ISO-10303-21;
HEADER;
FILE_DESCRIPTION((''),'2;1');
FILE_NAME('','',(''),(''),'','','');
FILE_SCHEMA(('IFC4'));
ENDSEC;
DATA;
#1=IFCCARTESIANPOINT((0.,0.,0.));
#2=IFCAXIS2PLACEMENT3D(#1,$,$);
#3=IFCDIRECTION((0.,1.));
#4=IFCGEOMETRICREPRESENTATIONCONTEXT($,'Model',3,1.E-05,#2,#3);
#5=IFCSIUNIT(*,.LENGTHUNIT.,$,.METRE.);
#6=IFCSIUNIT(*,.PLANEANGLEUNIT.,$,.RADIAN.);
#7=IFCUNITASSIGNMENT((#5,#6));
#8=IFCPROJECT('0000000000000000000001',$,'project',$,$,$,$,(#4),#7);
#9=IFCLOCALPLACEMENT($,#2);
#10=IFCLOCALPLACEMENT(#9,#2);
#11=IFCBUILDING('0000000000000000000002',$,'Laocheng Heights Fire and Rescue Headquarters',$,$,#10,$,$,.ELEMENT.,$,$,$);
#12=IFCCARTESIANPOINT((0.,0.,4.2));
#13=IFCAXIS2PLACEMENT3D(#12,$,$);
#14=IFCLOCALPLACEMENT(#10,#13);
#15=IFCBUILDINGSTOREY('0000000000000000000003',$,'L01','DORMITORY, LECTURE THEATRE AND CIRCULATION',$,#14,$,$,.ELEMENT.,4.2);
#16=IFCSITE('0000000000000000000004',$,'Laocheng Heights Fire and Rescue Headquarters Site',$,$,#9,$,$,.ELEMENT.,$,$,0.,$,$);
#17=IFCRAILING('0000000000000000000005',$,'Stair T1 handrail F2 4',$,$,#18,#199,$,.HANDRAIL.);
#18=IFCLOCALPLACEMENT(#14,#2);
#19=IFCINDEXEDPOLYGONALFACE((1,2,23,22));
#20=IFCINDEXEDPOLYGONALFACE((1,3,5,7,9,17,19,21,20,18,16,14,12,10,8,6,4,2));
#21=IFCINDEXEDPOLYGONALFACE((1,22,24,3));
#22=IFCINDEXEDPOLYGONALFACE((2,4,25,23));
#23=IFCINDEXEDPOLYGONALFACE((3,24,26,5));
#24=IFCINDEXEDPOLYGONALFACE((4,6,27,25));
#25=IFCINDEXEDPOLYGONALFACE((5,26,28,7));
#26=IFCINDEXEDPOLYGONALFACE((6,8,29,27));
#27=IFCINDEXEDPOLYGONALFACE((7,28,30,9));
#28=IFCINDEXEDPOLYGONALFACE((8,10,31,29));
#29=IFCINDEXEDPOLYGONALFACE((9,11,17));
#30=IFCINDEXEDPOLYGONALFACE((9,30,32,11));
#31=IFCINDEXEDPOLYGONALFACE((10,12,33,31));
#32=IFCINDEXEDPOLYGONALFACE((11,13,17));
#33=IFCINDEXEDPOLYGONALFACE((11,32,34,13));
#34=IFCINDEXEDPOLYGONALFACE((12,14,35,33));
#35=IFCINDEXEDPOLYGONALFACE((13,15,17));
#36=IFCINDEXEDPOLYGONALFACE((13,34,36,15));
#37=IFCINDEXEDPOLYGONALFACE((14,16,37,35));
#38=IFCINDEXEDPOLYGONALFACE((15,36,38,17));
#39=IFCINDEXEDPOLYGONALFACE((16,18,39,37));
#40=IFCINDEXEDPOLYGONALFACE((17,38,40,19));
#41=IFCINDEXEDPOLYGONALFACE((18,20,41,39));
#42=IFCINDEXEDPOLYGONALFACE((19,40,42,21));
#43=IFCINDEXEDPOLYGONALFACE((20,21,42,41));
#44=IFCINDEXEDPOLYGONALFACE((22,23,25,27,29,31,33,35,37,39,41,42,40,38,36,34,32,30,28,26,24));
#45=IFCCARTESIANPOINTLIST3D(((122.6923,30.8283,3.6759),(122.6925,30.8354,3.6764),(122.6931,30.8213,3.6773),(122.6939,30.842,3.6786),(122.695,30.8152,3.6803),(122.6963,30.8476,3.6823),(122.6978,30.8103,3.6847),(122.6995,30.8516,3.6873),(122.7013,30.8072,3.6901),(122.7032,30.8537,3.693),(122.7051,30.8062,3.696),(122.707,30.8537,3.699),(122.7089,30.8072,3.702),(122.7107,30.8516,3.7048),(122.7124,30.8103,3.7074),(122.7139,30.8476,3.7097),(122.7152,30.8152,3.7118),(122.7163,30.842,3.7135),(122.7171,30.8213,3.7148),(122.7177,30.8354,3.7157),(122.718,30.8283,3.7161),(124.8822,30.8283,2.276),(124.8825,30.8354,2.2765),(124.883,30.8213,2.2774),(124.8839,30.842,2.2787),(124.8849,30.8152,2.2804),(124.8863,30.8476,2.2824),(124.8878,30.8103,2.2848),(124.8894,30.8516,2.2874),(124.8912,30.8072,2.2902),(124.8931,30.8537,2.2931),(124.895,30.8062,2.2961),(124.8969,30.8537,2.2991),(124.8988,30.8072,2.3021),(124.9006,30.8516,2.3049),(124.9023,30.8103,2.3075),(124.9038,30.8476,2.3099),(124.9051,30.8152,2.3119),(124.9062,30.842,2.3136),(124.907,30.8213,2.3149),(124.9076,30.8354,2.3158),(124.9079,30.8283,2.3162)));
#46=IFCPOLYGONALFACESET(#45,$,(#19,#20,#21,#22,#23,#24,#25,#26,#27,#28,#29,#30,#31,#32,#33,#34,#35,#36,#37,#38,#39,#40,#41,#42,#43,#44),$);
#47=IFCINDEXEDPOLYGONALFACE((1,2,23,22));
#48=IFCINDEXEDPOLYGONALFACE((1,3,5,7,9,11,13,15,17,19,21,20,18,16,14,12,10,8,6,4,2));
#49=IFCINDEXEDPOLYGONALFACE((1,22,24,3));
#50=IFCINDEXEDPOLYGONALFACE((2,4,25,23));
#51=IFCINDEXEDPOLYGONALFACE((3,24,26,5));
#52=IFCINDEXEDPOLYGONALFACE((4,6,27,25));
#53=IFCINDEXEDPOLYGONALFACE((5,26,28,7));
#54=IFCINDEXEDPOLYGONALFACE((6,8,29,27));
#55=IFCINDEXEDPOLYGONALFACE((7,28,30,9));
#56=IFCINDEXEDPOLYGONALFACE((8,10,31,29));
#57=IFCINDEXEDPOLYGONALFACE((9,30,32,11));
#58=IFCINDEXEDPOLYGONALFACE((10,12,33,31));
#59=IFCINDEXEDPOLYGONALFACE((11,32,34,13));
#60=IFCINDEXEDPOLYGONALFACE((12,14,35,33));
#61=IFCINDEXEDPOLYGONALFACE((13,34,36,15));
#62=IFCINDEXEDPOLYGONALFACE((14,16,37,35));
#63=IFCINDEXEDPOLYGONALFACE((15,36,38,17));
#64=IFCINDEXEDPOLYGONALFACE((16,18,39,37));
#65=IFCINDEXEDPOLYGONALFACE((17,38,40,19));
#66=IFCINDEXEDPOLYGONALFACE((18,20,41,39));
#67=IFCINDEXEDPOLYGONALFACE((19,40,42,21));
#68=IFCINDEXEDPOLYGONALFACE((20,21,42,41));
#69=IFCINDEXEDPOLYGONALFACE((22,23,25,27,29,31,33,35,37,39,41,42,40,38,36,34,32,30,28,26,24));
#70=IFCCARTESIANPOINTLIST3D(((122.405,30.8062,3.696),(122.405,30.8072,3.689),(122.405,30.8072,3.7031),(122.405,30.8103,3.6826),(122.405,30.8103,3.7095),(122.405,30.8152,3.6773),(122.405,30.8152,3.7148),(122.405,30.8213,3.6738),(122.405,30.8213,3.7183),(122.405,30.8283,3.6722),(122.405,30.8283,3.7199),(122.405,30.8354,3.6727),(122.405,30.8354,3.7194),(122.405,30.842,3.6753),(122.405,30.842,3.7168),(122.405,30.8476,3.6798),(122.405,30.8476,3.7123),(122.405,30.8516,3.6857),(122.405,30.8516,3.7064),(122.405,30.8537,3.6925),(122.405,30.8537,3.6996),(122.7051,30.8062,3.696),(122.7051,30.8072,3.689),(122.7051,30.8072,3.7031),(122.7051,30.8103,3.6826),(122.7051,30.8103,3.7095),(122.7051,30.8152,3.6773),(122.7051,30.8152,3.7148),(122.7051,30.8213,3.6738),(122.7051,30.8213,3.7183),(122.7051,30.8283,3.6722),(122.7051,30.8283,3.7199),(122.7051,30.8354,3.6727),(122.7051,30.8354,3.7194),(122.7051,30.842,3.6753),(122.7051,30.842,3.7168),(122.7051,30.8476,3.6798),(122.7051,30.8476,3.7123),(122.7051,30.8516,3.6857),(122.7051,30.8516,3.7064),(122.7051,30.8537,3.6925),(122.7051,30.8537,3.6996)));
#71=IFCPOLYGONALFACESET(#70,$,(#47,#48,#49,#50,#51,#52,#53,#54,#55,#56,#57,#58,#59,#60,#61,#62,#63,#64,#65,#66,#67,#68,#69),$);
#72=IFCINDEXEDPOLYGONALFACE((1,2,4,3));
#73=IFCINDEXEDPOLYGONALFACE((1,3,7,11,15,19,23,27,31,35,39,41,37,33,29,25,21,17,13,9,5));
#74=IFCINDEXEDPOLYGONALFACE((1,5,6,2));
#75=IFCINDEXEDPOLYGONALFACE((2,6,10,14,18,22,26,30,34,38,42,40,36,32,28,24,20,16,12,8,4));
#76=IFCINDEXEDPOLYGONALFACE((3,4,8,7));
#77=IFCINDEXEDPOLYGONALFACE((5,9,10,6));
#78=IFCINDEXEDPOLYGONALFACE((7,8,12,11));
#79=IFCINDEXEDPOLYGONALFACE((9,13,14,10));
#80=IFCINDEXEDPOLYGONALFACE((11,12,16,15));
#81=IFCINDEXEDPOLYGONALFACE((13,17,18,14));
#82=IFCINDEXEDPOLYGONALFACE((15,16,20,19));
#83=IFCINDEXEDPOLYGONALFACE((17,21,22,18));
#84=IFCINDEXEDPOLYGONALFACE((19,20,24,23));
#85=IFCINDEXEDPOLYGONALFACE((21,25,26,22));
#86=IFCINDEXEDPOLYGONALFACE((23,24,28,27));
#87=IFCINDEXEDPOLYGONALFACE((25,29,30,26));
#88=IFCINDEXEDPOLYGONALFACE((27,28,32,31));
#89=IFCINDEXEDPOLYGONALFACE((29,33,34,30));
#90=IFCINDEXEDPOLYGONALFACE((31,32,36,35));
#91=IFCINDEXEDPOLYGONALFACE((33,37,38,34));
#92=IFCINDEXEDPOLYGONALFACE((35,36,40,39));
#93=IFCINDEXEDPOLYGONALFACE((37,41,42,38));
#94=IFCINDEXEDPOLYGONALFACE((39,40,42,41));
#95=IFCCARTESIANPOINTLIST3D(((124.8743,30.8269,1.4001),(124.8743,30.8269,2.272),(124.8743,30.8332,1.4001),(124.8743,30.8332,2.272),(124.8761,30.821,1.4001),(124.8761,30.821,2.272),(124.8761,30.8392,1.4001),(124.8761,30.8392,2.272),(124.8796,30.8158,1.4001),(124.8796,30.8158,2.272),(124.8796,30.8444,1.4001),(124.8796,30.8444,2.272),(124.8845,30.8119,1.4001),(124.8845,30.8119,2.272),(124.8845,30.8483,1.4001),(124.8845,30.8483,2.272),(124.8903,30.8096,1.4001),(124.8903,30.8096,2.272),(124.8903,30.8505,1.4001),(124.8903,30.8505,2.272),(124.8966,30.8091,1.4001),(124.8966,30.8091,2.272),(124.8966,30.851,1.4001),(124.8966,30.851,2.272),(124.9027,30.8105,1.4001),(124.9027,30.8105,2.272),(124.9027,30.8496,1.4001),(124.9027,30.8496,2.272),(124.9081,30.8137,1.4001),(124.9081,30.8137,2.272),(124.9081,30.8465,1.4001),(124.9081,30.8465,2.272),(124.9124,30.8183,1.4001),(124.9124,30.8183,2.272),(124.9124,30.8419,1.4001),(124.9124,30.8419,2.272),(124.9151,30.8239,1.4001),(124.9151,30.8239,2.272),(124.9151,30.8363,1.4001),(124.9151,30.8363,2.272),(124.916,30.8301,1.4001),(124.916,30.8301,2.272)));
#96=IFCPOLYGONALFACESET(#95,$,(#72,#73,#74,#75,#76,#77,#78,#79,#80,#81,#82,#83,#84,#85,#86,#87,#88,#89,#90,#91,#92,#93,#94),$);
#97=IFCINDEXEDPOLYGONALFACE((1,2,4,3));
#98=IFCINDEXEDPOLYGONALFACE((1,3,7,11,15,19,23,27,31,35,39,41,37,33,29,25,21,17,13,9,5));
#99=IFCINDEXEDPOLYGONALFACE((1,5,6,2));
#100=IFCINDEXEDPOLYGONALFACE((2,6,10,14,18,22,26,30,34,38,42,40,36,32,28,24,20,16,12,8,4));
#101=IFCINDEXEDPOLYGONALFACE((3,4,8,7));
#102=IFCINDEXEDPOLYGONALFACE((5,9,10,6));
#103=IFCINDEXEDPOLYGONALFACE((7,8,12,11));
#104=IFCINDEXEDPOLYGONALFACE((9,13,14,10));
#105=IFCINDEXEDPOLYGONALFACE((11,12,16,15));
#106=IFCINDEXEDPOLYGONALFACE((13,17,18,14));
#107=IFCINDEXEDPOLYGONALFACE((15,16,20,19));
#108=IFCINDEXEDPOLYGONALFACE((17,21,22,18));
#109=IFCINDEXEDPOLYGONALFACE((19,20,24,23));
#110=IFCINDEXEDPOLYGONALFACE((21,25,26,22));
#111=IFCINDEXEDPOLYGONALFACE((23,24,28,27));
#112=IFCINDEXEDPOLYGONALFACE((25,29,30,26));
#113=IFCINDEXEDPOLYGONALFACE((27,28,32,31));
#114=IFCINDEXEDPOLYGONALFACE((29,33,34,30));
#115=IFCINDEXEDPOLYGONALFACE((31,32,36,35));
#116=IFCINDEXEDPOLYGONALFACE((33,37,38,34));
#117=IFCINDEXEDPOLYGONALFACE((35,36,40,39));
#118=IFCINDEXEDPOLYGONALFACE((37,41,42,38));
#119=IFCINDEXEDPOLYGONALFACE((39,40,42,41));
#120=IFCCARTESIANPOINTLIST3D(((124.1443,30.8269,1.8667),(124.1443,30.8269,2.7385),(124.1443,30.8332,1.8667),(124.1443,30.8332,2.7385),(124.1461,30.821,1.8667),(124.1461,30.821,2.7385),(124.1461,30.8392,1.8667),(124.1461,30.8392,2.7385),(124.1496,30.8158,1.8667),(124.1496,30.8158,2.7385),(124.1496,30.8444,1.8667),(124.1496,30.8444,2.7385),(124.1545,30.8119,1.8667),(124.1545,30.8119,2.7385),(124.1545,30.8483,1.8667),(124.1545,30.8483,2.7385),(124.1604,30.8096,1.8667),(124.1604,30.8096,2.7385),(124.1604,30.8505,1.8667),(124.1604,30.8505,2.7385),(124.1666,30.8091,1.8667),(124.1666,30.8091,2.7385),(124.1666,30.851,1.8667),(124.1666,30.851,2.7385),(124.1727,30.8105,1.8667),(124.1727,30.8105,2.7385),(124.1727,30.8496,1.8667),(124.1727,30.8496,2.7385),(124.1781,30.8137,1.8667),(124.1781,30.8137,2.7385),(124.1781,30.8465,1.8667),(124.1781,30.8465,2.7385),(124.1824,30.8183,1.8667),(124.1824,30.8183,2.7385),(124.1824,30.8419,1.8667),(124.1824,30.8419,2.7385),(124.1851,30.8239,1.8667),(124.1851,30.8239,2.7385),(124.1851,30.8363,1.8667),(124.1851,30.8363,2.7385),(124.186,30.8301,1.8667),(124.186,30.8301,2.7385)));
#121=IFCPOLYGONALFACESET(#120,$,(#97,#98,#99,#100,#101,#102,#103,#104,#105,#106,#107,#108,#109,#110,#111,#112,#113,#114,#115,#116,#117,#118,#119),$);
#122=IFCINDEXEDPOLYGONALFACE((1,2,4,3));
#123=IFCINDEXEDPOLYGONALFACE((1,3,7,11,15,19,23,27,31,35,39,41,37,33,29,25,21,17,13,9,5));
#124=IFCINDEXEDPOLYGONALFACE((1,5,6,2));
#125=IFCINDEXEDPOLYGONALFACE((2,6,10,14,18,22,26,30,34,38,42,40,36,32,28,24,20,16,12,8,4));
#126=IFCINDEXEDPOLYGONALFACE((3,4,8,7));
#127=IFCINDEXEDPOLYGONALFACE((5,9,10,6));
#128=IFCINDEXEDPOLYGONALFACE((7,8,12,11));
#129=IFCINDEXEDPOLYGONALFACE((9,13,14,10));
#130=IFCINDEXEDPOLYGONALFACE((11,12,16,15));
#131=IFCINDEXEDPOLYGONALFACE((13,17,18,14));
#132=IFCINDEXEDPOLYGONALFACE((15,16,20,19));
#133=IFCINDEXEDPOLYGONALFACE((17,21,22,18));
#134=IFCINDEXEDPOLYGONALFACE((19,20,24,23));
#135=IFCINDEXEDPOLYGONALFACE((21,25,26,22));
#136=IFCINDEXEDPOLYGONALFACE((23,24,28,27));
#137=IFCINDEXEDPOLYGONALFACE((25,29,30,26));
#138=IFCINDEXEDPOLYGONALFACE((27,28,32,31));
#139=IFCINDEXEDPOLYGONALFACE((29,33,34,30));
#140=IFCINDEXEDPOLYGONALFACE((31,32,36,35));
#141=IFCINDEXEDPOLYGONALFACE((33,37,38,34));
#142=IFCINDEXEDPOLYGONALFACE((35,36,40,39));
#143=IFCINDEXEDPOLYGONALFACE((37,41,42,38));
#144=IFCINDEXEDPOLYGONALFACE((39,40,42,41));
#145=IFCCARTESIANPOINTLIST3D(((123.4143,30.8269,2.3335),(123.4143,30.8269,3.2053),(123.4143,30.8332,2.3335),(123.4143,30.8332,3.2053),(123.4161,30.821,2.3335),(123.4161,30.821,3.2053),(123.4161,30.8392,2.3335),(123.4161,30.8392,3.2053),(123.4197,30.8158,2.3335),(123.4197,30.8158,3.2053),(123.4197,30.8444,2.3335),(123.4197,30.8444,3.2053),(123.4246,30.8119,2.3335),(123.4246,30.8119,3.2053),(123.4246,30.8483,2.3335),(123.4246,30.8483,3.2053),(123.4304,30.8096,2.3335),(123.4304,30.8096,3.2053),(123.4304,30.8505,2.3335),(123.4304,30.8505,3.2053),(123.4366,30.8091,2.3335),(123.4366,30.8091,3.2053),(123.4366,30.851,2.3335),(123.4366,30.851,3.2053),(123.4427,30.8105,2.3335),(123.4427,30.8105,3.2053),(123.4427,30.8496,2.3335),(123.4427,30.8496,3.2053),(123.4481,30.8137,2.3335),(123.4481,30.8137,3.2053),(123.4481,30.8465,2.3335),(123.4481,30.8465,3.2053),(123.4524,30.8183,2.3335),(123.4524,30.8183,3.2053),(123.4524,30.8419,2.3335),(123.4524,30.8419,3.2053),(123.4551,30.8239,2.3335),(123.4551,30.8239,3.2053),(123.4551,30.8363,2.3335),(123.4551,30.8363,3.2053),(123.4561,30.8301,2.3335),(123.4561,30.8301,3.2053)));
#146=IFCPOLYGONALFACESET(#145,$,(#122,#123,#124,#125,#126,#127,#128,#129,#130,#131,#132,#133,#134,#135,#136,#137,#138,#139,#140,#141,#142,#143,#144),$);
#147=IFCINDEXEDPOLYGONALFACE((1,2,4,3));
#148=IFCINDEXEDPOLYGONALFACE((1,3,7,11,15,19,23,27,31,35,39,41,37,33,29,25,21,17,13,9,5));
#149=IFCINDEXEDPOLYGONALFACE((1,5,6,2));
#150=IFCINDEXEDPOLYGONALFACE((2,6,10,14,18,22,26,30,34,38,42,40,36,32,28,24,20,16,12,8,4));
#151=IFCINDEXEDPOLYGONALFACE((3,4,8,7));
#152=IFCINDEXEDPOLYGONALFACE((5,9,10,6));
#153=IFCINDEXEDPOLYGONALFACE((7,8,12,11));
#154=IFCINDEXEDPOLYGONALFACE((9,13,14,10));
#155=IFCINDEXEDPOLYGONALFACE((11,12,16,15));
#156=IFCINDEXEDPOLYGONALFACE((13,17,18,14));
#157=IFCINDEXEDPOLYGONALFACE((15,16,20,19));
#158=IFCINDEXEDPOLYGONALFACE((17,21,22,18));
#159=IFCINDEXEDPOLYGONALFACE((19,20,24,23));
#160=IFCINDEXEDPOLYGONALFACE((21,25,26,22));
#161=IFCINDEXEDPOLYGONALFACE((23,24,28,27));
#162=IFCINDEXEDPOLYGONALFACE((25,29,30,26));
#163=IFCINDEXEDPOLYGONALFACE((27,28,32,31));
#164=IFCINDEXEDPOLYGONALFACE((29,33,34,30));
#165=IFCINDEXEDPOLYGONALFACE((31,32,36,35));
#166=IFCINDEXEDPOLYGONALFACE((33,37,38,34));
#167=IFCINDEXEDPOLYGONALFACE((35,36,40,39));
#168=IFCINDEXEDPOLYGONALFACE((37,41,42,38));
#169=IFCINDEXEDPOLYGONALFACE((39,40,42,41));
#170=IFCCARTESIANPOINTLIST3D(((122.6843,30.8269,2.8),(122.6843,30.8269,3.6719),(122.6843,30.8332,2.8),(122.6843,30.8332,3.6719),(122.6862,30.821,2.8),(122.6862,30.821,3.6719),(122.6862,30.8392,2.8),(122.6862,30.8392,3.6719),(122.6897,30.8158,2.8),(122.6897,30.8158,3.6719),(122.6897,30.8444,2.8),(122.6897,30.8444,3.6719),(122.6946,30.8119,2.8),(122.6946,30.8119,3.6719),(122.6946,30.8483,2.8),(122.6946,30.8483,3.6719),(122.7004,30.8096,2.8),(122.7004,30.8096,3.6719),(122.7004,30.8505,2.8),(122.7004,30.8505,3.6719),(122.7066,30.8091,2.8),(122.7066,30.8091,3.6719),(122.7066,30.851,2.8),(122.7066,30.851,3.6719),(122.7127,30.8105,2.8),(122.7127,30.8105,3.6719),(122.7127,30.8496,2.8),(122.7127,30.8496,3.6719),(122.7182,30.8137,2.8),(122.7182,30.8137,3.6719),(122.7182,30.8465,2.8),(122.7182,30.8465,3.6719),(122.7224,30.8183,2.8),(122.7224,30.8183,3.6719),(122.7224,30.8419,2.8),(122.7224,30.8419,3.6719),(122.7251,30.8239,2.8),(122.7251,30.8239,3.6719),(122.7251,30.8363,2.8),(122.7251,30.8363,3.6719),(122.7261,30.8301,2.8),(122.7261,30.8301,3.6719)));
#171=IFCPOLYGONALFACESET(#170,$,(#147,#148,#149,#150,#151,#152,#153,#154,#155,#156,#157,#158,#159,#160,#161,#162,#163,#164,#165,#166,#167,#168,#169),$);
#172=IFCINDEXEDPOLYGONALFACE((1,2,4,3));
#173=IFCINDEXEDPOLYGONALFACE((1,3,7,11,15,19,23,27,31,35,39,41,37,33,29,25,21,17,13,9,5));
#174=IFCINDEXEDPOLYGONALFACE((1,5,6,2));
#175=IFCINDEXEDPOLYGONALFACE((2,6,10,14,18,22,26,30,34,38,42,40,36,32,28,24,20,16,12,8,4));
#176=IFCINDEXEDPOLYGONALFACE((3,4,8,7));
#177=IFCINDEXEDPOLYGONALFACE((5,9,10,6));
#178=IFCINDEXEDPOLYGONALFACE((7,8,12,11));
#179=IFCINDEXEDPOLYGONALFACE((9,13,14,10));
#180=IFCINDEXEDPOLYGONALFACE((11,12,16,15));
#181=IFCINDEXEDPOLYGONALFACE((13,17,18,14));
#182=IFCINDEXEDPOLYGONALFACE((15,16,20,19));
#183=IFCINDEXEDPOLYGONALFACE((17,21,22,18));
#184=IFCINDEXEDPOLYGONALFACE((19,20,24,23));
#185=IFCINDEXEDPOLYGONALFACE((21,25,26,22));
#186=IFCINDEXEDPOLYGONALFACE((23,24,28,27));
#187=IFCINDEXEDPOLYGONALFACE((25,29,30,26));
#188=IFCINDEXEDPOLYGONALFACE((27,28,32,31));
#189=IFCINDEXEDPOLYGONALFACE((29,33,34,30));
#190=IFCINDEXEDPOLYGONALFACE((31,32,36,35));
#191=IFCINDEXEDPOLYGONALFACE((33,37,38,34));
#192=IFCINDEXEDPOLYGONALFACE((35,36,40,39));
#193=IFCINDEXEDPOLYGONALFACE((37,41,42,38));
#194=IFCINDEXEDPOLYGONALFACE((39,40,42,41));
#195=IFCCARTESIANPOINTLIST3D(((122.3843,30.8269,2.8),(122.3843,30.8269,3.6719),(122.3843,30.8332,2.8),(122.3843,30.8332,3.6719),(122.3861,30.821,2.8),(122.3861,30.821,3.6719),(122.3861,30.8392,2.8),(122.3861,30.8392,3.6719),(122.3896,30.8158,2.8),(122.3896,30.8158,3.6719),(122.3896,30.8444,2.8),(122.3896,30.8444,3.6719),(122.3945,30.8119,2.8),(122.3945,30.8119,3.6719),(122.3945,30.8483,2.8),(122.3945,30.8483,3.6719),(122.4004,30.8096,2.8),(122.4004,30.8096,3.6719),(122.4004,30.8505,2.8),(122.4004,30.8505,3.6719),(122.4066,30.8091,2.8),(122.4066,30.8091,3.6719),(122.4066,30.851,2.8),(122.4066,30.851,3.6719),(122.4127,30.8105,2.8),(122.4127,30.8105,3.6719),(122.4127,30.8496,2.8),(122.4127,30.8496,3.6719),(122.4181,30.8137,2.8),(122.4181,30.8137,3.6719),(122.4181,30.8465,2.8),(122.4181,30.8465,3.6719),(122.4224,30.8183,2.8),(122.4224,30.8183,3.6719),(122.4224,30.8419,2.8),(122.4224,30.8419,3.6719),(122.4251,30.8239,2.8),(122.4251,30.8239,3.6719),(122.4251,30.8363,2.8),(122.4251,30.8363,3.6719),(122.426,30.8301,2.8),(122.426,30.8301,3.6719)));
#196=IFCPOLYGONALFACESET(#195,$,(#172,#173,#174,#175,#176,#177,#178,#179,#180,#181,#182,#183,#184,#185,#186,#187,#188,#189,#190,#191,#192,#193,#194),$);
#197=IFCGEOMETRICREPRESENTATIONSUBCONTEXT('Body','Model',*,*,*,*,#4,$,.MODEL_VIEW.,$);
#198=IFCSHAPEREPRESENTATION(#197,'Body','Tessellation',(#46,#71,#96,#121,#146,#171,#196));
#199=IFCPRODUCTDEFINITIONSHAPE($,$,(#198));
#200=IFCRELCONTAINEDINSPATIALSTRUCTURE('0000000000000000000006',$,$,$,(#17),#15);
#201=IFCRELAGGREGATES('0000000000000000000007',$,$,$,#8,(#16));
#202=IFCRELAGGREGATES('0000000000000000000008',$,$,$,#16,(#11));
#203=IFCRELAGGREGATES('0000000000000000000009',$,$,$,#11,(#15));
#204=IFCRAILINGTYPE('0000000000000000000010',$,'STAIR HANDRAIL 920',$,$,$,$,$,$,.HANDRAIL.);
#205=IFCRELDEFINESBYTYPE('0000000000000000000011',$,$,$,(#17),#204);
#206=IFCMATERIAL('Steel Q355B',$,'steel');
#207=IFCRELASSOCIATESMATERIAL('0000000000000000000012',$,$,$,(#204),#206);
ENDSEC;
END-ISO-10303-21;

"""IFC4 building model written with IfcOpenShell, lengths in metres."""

from ifc_helpers import new_model, si_unit, direction, frame, origin, origin_2d, place, context, subcontext, project, spatial, circle, extrude, material, type_object, element, save


model = new_model("IFC4")

# Units and contexts
model_context = context("Model", 3, precision=1e-05, world=origin(), true_north=direction((0.0, 1.0)))
body_context = subcontext(model_context, "Body", "Model", "MODEL_VIEW")
ifc_project = project(units=[si_unit("LENGTHUNIT", "METRE"), si_unit("PLANEANGLEUNIT", "RADIAN")], contexts=[model_context])

# Site, building, storey
site_placement = place(None, origin())
site = spatial("IfcSite", under=ifc_project, at=site_placement, Name="Laocheng Heights Fire and Rescue Headquarters Site", CompositionType="ELEMENT", RefElevation=0.0)
building_placement = place(site_placement, origin())
building = spatial("IfcBuilding", under=site, at=building_placement, Name="Laocheng Heights Fire and Rescue Headquarters", CompositionType="ELEMENT")
storey_placement = place(building_placement, frame((0.0, 0.0, 4.2)))
storey = spatial("IfcBuildingStorey", under=building, at=storey_placement, Name="L01", Description="DORMITORY, LECTURE THEATRE AND CIRCULATION", CompositionType="ELEMENT", Elevation=4.2)

# Railing
ifc_material_1 = material(Name="Steel Q355B", Category="steel")
railing_type_1 = type_object("IfcRailingType", Name="STAIR HANDRAIL 920", PredefinedType="HANDRAIL", material=ifc_material_1)
for number, where, name in (
    (1, (124.895, 30.8301, 1.4001), "Stair T1 handrail F2 4"),
):
    element("IfcRailing", number, at=place(storey_placement, frame(where)), inside=storey, type_object=railing_type_1, Name=name, PredefinedType="HANDRAIL", context=body_context, shape_type="SweptSolid", body=[
        extrude(circle(Radius=0.0239, at=origin_2d()), frame((0.0, 0.0, 0.896), z_axis=(-0.842561, 0.0, 0.5386), x_axis=(0.0, -1.0, 0.0)), (0.0, 0.0, 1.0), 2.5991),
        extrude(circle(Radius=0.0239, at=origin_2d()), frame((-2.1899, 0.0, 2.2959), z_axis=(-1.0, 0.0, 0.0), x_axis=(0.0, -1.0, 0.0)), (0.0, 0.0, 1.0), 0.3),
        extrude(circle(Radius=0.021, at=origin_2d()), origin(), (0.0, 0.0, 1.0), 0.8718),
        extrude(circle(Radius=0.021, at=origin_2d()), frame((-0.73, 0.0, 0.4666)), (0.0, 0.0, 1.0), 0.8718),
        extrude(circle(Radius=0.021, at=origin_2d()), frame((-1.46, 0.0, 0.9333)), (0.0, 0.0, 1.0), 0.8718),
        extrude(circle(Radius=0.021, at=origin_2d()), frame((-2.1899, 0.0, 1.3999)), (0.0, 0.0, 1.0), 0.8718),
        extrude(circle(Radius=0.021, at=origin_2d()), frame((-2.49, 0.0, 1.3999)), (0.0, 0.0, 1.0), 0.8718),
    ])

save(model, "model.ifc")
